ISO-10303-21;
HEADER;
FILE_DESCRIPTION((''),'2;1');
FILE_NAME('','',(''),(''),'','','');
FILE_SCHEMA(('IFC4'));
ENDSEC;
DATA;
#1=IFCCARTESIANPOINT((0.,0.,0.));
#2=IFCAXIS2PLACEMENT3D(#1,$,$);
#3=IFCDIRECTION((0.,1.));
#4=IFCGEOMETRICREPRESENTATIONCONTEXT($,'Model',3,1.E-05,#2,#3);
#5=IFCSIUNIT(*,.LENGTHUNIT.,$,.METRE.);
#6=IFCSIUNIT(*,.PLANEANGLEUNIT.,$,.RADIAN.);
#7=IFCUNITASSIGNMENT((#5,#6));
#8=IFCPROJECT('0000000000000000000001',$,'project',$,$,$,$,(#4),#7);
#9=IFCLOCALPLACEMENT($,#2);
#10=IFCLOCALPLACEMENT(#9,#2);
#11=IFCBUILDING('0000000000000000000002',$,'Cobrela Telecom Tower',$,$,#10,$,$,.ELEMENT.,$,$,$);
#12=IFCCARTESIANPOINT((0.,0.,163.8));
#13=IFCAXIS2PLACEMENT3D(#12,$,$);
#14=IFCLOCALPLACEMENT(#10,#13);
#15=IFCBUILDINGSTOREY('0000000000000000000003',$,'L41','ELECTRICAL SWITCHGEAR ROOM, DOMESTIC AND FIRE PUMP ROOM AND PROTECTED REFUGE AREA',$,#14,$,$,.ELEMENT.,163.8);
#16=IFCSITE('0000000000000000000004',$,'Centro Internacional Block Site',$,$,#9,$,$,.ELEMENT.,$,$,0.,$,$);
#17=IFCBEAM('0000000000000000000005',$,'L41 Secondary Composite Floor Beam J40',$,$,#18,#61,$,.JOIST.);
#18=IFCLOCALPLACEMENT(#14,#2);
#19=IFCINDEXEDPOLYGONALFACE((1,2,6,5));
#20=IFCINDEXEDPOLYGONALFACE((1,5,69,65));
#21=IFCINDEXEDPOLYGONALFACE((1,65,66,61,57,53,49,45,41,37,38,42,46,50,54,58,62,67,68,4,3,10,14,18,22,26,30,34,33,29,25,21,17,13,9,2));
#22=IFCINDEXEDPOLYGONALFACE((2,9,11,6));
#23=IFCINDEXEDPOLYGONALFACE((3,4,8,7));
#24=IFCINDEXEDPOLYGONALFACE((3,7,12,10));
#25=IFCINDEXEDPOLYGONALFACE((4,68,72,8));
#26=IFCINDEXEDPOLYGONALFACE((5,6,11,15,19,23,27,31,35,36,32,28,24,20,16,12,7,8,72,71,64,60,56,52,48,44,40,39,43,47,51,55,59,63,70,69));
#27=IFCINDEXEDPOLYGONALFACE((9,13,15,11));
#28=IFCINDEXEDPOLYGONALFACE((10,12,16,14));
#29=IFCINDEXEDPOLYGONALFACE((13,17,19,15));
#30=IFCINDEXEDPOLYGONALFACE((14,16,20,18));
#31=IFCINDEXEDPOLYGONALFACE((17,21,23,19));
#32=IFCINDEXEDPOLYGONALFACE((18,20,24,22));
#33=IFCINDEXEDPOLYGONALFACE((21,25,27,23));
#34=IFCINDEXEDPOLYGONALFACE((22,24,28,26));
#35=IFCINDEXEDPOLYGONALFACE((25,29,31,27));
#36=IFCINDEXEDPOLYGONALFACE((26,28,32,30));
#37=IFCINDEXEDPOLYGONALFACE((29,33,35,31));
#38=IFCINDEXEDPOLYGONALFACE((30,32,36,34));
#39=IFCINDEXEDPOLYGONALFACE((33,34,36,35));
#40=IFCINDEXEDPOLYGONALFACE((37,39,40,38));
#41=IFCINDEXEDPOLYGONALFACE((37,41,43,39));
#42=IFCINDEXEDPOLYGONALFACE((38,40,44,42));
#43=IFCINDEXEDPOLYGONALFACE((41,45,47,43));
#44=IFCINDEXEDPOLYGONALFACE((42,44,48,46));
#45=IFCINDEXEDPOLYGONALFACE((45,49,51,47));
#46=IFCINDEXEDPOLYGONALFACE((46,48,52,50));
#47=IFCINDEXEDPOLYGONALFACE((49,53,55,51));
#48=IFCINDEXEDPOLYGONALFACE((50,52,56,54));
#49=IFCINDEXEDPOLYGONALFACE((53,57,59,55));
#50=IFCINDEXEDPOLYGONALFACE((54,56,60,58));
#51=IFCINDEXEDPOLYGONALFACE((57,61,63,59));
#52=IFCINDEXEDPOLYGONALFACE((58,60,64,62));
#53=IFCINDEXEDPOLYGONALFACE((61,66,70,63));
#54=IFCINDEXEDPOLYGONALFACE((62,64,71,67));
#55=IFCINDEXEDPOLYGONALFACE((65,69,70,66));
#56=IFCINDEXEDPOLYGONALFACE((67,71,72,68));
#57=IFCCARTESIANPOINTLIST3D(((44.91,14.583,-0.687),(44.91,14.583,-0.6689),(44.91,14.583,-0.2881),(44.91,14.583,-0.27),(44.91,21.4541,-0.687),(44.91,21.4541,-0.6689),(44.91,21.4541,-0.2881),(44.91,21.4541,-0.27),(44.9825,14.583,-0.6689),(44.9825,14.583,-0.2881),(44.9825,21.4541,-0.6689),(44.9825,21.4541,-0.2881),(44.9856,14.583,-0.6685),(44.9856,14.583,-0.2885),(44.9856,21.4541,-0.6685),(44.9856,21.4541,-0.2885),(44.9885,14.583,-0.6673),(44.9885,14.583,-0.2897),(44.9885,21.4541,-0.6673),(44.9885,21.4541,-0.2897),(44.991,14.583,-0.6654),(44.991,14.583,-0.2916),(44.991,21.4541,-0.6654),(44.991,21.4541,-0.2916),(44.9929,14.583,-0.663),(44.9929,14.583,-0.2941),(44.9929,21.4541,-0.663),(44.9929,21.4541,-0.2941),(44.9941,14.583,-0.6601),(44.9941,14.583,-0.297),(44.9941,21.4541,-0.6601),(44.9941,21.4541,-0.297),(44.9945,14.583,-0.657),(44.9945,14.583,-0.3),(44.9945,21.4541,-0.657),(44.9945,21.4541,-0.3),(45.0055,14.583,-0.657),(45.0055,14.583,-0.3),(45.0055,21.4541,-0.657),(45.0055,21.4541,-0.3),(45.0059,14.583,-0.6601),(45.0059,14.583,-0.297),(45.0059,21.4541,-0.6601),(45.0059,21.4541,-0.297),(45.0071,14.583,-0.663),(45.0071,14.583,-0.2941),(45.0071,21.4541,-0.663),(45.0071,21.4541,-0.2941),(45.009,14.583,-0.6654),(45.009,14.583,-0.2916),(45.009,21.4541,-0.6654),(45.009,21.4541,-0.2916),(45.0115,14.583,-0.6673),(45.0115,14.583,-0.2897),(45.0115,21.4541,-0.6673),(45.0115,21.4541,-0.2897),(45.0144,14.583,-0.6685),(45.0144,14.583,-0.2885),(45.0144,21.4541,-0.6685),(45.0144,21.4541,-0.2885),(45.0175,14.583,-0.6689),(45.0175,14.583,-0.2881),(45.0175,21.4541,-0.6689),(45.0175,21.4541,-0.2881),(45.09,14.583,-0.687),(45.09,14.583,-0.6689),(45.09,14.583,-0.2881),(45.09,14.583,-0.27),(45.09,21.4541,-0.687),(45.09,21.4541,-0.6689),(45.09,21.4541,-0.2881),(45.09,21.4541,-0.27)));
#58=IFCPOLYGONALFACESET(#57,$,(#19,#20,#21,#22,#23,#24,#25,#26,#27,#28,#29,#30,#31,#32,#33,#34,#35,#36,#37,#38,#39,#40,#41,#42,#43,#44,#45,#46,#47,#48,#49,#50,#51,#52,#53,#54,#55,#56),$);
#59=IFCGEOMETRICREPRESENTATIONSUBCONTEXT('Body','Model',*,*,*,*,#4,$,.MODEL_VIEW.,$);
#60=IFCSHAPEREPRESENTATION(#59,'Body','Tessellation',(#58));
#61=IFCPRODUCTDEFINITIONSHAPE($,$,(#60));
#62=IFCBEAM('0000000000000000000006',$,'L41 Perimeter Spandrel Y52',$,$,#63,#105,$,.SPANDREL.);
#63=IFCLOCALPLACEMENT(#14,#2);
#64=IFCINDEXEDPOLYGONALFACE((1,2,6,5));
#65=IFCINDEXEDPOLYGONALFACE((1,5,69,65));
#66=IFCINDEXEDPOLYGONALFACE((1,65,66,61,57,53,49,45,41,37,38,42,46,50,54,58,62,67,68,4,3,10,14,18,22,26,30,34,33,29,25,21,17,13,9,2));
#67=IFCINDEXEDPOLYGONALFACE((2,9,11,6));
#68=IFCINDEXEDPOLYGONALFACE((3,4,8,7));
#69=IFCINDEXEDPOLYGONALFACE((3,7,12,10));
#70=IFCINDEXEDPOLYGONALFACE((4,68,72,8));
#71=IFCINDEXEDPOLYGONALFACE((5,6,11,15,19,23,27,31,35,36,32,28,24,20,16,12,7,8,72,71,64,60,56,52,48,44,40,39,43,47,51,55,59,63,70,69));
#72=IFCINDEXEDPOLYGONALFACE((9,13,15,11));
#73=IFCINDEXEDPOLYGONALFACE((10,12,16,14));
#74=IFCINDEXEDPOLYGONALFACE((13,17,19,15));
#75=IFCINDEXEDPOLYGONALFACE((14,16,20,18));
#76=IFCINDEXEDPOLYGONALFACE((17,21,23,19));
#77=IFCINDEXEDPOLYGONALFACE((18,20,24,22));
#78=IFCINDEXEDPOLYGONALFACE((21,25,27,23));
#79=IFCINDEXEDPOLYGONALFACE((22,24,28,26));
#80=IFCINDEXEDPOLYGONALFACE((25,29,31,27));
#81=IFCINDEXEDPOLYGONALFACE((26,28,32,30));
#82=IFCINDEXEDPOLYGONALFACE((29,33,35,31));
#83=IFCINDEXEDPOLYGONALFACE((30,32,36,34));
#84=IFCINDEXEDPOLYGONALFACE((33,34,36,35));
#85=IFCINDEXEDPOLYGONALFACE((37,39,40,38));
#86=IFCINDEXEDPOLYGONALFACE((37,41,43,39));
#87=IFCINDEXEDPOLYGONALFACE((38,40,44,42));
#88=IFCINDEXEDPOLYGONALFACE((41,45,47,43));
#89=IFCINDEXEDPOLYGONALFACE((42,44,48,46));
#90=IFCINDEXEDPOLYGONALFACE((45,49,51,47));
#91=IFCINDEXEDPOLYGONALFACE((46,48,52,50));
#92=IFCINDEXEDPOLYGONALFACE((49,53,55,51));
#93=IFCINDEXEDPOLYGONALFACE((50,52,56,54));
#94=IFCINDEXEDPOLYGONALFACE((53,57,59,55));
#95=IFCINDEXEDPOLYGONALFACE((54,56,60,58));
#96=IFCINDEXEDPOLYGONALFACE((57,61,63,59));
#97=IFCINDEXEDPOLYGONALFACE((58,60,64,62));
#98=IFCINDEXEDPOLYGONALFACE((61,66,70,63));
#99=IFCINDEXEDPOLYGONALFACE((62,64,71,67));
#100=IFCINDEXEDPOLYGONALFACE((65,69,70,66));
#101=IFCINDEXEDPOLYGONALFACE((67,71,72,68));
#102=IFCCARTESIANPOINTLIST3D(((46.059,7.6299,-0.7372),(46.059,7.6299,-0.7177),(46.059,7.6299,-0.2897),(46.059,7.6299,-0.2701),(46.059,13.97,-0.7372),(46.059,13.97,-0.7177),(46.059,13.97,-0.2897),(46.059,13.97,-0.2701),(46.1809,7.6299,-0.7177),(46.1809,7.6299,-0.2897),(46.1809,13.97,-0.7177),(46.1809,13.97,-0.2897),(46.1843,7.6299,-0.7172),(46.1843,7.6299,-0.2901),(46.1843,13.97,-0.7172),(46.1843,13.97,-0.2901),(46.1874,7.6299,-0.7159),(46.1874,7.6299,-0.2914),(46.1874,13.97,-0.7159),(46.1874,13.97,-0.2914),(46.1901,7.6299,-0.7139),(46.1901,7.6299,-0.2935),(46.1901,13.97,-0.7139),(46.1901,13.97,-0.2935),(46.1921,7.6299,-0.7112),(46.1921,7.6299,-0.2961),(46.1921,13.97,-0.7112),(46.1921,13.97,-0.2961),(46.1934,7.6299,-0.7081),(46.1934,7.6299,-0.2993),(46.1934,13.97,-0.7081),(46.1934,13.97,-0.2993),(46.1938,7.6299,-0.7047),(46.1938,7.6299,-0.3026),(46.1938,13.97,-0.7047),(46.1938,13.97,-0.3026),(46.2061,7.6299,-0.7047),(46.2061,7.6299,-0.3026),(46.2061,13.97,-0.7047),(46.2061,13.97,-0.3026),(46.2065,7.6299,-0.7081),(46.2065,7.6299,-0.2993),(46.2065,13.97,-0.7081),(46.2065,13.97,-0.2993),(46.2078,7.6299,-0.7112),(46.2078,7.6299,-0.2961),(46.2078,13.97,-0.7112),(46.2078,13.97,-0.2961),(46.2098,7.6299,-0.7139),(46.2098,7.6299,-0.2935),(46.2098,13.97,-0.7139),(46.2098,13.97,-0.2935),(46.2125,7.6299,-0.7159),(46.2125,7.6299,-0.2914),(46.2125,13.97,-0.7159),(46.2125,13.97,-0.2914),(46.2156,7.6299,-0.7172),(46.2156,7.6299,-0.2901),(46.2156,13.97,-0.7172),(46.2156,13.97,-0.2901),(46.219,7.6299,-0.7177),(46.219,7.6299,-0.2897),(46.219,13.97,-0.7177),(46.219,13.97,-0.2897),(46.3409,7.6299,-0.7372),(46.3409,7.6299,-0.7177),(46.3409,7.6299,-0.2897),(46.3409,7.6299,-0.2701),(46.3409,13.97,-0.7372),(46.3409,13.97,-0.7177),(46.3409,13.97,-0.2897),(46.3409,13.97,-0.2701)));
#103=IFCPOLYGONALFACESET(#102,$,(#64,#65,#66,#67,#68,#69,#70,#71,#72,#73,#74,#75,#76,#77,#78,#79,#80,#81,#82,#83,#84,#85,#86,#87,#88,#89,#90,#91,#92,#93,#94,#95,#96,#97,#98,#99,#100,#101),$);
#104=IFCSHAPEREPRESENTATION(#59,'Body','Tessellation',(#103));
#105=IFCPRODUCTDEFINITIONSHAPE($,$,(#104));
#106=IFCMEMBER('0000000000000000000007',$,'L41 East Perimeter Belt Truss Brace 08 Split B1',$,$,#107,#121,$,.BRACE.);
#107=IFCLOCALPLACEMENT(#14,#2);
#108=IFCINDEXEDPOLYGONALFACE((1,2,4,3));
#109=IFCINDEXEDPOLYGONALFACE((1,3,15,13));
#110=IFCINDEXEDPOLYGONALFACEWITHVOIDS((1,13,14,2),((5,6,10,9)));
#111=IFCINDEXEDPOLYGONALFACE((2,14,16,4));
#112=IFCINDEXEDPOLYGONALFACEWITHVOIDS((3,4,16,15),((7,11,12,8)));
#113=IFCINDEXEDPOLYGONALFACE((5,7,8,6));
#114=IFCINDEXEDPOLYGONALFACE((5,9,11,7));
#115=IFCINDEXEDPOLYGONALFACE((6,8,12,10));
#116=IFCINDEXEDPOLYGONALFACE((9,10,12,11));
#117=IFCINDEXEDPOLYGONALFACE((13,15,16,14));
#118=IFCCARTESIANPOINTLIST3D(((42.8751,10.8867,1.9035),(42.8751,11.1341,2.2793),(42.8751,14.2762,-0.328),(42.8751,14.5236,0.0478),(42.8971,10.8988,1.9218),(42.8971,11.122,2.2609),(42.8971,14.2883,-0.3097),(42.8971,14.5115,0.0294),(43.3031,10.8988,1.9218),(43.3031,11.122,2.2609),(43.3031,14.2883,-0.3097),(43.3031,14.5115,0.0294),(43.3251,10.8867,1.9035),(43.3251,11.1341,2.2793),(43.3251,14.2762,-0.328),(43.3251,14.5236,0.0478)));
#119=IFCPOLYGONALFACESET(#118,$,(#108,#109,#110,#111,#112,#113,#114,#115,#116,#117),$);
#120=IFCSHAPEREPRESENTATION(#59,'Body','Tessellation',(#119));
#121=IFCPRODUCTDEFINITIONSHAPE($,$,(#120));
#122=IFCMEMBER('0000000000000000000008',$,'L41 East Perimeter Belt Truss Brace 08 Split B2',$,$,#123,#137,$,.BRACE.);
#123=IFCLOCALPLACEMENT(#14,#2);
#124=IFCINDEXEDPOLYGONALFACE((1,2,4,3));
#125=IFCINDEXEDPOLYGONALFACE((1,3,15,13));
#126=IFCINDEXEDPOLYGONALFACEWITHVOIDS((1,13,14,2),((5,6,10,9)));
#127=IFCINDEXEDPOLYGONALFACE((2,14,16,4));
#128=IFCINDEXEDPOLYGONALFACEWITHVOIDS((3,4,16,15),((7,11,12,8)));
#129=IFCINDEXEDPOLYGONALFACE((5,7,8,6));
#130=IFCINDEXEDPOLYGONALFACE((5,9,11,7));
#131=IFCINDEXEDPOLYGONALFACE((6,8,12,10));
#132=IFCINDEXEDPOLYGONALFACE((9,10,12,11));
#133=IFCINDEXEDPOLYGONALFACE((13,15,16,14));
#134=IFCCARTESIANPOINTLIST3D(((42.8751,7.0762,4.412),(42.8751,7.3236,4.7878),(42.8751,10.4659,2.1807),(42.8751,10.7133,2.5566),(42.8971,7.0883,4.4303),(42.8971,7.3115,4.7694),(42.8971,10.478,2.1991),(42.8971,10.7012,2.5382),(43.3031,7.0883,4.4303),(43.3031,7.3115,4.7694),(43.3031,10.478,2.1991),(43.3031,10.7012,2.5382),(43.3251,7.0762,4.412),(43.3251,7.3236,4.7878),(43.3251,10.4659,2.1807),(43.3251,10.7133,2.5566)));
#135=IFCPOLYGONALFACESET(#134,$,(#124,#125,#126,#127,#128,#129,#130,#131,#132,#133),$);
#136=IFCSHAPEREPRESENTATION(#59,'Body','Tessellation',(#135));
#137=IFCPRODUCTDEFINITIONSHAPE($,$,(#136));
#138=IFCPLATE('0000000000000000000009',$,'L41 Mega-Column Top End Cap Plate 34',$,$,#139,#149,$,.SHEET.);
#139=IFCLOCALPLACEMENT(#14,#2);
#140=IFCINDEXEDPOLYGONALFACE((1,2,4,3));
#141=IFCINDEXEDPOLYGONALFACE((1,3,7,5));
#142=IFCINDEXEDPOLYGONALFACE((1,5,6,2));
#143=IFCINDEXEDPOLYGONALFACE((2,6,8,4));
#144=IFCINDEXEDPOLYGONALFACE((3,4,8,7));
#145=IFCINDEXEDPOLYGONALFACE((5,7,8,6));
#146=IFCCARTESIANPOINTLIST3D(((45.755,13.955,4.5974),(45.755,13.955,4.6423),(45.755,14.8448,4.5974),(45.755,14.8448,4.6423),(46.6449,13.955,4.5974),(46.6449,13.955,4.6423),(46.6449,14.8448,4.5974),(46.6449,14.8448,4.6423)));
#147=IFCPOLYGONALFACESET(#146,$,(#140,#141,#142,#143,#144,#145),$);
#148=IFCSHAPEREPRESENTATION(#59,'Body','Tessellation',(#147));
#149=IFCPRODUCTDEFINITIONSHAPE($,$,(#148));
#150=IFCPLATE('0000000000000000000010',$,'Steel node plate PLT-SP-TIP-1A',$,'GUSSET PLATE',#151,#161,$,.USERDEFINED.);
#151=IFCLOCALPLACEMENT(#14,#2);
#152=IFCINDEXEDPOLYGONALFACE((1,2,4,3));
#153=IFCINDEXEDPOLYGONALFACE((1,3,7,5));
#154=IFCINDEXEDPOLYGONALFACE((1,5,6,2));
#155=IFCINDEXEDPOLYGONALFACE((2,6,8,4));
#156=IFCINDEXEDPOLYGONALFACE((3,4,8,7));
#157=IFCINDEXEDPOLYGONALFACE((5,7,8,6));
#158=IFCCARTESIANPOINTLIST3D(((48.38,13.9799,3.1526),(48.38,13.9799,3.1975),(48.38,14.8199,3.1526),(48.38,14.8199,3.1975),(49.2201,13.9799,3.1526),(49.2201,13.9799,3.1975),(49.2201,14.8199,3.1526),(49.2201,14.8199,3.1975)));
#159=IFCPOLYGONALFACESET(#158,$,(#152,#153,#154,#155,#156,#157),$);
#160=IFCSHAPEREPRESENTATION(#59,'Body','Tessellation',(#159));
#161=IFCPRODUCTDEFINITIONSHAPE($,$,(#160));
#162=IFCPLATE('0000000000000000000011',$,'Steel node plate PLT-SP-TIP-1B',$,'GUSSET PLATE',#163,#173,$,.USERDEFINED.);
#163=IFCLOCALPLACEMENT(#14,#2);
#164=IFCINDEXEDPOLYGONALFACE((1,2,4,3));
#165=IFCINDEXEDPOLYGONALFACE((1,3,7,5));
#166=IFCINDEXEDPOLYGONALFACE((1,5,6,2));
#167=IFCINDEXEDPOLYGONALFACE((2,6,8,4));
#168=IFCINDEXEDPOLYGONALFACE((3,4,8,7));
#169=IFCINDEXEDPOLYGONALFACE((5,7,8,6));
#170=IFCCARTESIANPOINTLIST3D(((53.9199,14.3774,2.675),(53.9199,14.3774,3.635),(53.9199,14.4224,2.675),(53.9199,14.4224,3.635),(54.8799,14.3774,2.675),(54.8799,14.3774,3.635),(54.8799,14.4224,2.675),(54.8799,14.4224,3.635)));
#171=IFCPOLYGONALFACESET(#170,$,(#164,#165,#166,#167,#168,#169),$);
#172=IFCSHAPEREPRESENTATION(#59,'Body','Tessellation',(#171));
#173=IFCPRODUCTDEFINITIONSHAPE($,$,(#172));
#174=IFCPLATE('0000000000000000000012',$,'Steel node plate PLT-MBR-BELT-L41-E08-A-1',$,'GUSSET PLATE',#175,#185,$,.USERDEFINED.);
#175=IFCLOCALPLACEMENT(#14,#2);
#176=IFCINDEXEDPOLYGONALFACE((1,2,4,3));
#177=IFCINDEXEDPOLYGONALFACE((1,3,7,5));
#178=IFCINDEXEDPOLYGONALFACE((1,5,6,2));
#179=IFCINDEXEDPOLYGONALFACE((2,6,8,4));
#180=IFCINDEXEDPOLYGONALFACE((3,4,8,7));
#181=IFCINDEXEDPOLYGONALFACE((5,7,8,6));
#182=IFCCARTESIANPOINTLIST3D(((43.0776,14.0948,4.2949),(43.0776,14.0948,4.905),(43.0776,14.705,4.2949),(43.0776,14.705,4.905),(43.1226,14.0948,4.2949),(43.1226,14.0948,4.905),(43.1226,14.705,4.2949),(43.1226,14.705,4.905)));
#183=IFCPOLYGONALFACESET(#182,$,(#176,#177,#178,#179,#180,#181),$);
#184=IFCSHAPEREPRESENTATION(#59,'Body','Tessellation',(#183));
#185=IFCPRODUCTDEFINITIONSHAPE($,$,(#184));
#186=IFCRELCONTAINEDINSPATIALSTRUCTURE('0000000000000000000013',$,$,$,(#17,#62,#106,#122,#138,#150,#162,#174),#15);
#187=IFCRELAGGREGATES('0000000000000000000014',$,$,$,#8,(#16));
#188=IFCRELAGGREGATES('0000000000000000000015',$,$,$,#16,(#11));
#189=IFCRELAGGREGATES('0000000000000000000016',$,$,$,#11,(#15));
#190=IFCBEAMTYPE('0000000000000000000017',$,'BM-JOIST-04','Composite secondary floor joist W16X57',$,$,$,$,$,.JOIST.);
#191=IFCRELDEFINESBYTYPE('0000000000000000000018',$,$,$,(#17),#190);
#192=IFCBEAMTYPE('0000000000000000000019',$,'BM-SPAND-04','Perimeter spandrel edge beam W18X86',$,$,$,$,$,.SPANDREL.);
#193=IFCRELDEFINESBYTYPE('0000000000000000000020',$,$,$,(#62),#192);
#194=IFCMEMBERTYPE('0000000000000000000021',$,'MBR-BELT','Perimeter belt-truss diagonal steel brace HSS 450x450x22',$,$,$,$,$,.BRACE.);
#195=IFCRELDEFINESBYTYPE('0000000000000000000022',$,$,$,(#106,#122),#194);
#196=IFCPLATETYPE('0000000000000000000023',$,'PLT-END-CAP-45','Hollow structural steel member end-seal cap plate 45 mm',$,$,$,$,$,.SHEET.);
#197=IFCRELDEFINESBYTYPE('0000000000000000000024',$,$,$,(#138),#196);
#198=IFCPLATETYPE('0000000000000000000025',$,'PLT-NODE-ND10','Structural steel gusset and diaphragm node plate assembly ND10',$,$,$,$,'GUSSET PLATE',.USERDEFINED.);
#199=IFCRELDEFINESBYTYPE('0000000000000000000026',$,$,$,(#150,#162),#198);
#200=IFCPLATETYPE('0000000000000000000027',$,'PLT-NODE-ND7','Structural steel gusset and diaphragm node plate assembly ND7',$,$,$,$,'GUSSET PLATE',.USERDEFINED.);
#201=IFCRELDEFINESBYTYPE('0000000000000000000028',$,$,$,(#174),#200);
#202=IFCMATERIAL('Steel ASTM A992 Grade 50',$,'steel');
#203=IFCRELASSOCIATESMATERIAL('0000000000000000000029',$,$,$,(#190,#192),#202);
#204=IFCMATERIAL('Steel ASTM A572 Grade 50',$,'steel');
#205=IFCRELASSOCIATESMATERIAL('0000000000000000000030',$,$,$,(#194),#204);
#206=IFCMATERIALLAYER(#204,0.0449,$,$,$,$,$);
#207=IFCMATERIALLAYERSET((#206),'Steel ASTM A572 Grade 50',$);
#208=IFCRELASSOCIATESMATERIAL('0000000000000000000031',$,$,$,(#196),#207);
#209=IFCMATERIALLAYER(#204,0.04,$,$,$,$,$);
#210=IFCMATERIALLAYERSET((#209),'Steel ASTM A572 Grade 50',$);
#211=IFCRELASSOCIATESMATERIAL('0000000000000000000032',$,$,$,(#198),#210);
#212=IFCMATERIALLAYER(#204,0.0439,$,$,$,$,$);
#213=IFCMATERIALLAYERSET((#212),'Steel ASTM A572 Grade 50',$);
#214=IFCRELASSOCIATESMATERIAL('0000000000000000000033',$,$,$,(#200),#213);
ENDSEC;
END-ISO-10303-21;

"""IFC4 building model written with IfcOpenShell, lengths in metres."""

from ifc_helpers import new_model, si_unit, direction, frame, origin, origin_2d, place, context, subcontext, project, spatial, rectangle, hollow_rectangle, i_section, extrude, material, layer, layer_set, material_profile, profile_set, type_object, element, save


model = new_model("IFC4")

# Units and contexts
model_context = context("Model", 3, precision=1e-05, world=origin(), true_north=direction((0.0, 1.0)))
body_context = subcontext(model_context, "Body", "Model", "MODEL_VIEW")
ifc_project = project(units=[si_unit("LENGTHUNIT", "METRE"), si_unit("PLANEANGLEUNIT", "RADIAN")], contexts=[model_context])

# Site, building, storey
site_placement = place(None, origin())
site = spatial("IfcSite", under=ifc_project, at=site_placement, Name="Centro Internacional Block Site", CompositionType="ELEMENT", RefElevation=0.0)
building_placement = place(site_placement, origin())
building = spatial("IfcBuilding", under=site, at=building_placement, Name="Cobrela Telecom Tower", CompositionType="ELEMENT")
storey_placement = place(building_placement, frame((0.0, 0.0, 163.8)))
storey = spatial("IfcBuildingStorey", under=building, at=storey_placement, Name="L41", Description="ELECTRICAL SWITCHGEAR ROOM, DOMESTIC AND FIRE PUMP ROOM AND PROTECTED REFUGE AREA", CompositionType="ELEMENT", Elevation=163.8)

# Shared definitions
ifc_material_1 = material(Name="Steel ASTM A992 Grade 50", Category="steel")
ifc_material_2 = material(Name="Steel ASTM A572 Grade 50", Category="steel")

# Beams
ifc_material_profile_1 = material_profile(ifc_material_1, i_section(OverallWidth=0.1799, OverallDepth=0.417, WebThickness=0.011, FlangeThickness=0.0181, FilletRadius=0.012, at=origin_2d()), Name="W16X57")
ifc_profile_set_1 = profile_set([ifc_material_profile_1], Name="Steel ASTM A992 Grade 50")
beam_type_1 = type_object("IfcBeamType", Name="BM-JOIST-04", Description="Composite secondary floor joist W16X57", PredefinedType="JOIST", material=ifc_profile_set_1)
beam_1_placement = place(storey_placement, frame((45.0, 14.583, -0.4785), z_axis=(0.0, 1.0, 0.0), x_axis=(-1.0, 0.0, 0.0)))
element("IfcBeam", 1, at=beam_1_placement, inside=storey, type_object=beam_type_1, Name="L41 Secondary Composite Floor Beam J40", PredefinedType="JOIST", context=body_context, shape_type="SweptSolid", body=[
    extrude(i_section(OverallWidth=0.1799, OverallDepth=0.417, WebThickness=0.011, FlangeThickness=0.0181, FilletRadius=0.012, at=origin_2d()), origin(), (0.0, 0.0, 1.0), 6.8711),
])
ifc_material_profile_2 = material_profile(ifc_material_1, i_section(OverallWidth=0.282, OverallDepth=0.467, WebThickness=0.0122, FlangeThickness=0.0195, FilletRadius=0.0129, at=origin_2d()), Name="W18X86")
ifc_profile_set_2 = profile_set([ifc_material_profile_2], Name="Steel ASTM A992 Grade 50")
beam_type_2 = type_object("IfcBeamType", Name="BM-SPAND-04", Description="Perimeter spandrel edge beam W18X86", PredefinedType="SPANDREL", material=ifc_profile_set_2)
beam_2_placement = place(storey_placement, frame((46.2, 7.6299, -0.5037), z_axis=(0.0, 1.0, 0.0), x_axis=(-1.0, 0.0, 0.0)))
element("IfcBeam", 2, at=beam_2_placement, inside=storey, type_object=beam_type_2, Name="L41 Perimeter Spandrel Y52", PredefinedType="SPANDREL", context=body_context, shape_type="SweptSolid", body=[
    extrude(i_section(OverallWidth=0.282, OverallDepth=0.467, WebThickness=0.0122, FlangeThickness=0.0195, FilletRadius=0.0129, at=origin_2d()), origin(), (0.0, 0.0, 1.0), 6.3401),
])

# Members
ifc_material_profile_3 = material_profile(ifc_material_2, hollow_rectangle(XDim=0.45, YDim=0.45, WallThickness=0.022, at=origin_2d()), Name="HSS 450x450x22")
ifc_profile_set_3 = profile_set([ifc_material_profile_3], Name="Steel ASTM A572 Grade 50")
member_type = type_object("IfcMemberType", Name="MBR-BELT", Description="Perimeter belt-truss diagonal steel brace HSS 450x450x22", PredefinedType="BRACE", material=ifc_profile_set_3)
for number, where, z_axis, x_axis, name in (
    (3, (43.1001, 14.3999, -0.1401), (0.0, -0.835239, 0.549887), (1.0, 0.0, 0.0), "L41 East Perimeter Belt Truss Brace 08 Split B1"),
    (4, (43.1001, 10.5896, 2.3687), (0.0, -0.835285, 0.549818), (1.0, 0.0, 0.0), "L41 East Perimeter Belt Truss Brace 08 Split B2"),
):
    element("IfcMember", number, at=place(storey_placement, frame(where, z_axis=z_axis, x_axis=x_axis)), inside=storey, type_object=member_type, Name=name, PredefinedType="BRACE", context=body_context, shape_type="SweptSolid", body=[
        extrude(hollow_rectangle(XDim=0.45, YDim=0.45, WallThickness=0.022, at=origin_2d()), origin(), (0.0, 0.0, 1.0), 4.0581),
    ])

# Plates
ifc_layer_1 = layer(ifc_material_2, 0.0449)
ifc_layer_set_1 = layer_set([ifc_layer_1], Name="Steel ASTM A572 Grade 50")
plate_type_1 = type_object("IfcPlateType", Name="PLT-END-CAP-45", Description="Hollow structural steel member end-seal cap plate 45 mm", PredefinedType="SHEET", material=ifc_layer_set_1)
plate_1_placement = place(storey_placement, frame((46.2, 14.3999, 4.5974), z_axis=(0.0, 0.0, 1.0), x_axis=(1.0, 0.0, 0.0)))
element("IfcPlate", 5, at=plate_1_placement, inside=storey, type_object=plate_type_1, Name="L41 Mega-Column Top End Cap Plate 34", PredefinedType="SHEET", context=body_context, shape_type="SweptSolid", body=[
    extrude(rectangle(XDim=0.8899, YDim=0.8899, at=origin_2d()), origin(), (0.0, 0.0, 1.0), 0.0449),
])
ifc_layer_2 = layer(ifc_material_2, 0.04)
ifc_layer_set_2 = layer_set([ifc_layer_2], Name="Steel ASTM A572 Grade 50")
plate_type_2 = type_object("IfcPlateType", Name="PLT-NODE-ND10", Description="Structural steel gusset and diaphragm node plate assembly ND10", ElementType="GUSSET PLATE", PredefinedType="USERDEFINED", material=ifc_layer_set_2)
plate_2_placement = place(storey_placement, frame((48.8, 14.3999, 3.1526), z_axis=(0.0, 0.0, 1.0), x_axis=(1.0, 0.0, 0.0)))
element("IfcPlate", 6, at=plate_2_placement, inside=storey, type_object=plate_type_2, Name="Steel node plate PLT-SP-TIP-1A", ObjectType="GUSSET PLATE", PredefinedType="USERDEFINED", context=body_context, shape_type="SweptSolid", body=[
    extrude(rectangle(XDim=0.8401, YDim=0.8401, at=origin_2d()), origin(), (0.0, 0.0, 1.0), 0.0449),
])
plate_3_placement = place(storey_placement, frame((54.3999, 14.3999, 2.675), z_axis=(0.0, 0.0, 1.0), x_axis=(1.0, 0.0, 0.0)))
element("IfcPlate", 7, at=plate_3_placement, inside=storey, type_object=plate_type_2, Name="Steel node plate PLT-SP-TIP-1B", ObjectType="GUSSET PLATE", PredefinedType="USERDEFINED", context=body_context, shape_type="SweptSolid", body=[
    extrude(rectangle(XDim=0.96, YDim=0.0449, at=origin_2d()), origin(), (0.0, 0.0, 1.0), 0.96),
])
ifc_layer_3 = layer(ifc_material_2, 0.0439)
ifc_layer_set_3 = layer_set([ifc_layer_3], Name="Steel ASTM A572 Grade 50")
plate_type_3 = type_object("IfcPlateType", Name="PLT-NODE-ND7", Description="Structural steel gusset and diaphragm node plate assembly ND7", ElementType="GUSSET PLATE", PredefinedType="USERDEFINED", material=ifc_layer_set_3)
for number, where, z_axis, x_axis, name in (
    (8, (43.1001, 14.3999, 4.2949), (0.0, 0.0, 1.0), (0.0, 1.0, 0.0), "Steel node plate PLT-MBR-BELT-L41-E08-A-1"),
):
    element("IfcPlate", number, at=place(storey_placement, frame(where, z_axis=z_axis, x_axis=x_axis)), inside=storey, type_object=plate_type_3, Name=name, ObjectType="GUSSET PLATE", PredefinedType="USERDEFINED", context=body_context, shape_type="SweptSolid", body=[
        extrude(rectangle(XDim=0.6101, YDim=0.0449, at=origin_2d()), origin(), (0.0, 0.0, 1.0), 0.6101),
    ])

save(model, "model.ifc")
